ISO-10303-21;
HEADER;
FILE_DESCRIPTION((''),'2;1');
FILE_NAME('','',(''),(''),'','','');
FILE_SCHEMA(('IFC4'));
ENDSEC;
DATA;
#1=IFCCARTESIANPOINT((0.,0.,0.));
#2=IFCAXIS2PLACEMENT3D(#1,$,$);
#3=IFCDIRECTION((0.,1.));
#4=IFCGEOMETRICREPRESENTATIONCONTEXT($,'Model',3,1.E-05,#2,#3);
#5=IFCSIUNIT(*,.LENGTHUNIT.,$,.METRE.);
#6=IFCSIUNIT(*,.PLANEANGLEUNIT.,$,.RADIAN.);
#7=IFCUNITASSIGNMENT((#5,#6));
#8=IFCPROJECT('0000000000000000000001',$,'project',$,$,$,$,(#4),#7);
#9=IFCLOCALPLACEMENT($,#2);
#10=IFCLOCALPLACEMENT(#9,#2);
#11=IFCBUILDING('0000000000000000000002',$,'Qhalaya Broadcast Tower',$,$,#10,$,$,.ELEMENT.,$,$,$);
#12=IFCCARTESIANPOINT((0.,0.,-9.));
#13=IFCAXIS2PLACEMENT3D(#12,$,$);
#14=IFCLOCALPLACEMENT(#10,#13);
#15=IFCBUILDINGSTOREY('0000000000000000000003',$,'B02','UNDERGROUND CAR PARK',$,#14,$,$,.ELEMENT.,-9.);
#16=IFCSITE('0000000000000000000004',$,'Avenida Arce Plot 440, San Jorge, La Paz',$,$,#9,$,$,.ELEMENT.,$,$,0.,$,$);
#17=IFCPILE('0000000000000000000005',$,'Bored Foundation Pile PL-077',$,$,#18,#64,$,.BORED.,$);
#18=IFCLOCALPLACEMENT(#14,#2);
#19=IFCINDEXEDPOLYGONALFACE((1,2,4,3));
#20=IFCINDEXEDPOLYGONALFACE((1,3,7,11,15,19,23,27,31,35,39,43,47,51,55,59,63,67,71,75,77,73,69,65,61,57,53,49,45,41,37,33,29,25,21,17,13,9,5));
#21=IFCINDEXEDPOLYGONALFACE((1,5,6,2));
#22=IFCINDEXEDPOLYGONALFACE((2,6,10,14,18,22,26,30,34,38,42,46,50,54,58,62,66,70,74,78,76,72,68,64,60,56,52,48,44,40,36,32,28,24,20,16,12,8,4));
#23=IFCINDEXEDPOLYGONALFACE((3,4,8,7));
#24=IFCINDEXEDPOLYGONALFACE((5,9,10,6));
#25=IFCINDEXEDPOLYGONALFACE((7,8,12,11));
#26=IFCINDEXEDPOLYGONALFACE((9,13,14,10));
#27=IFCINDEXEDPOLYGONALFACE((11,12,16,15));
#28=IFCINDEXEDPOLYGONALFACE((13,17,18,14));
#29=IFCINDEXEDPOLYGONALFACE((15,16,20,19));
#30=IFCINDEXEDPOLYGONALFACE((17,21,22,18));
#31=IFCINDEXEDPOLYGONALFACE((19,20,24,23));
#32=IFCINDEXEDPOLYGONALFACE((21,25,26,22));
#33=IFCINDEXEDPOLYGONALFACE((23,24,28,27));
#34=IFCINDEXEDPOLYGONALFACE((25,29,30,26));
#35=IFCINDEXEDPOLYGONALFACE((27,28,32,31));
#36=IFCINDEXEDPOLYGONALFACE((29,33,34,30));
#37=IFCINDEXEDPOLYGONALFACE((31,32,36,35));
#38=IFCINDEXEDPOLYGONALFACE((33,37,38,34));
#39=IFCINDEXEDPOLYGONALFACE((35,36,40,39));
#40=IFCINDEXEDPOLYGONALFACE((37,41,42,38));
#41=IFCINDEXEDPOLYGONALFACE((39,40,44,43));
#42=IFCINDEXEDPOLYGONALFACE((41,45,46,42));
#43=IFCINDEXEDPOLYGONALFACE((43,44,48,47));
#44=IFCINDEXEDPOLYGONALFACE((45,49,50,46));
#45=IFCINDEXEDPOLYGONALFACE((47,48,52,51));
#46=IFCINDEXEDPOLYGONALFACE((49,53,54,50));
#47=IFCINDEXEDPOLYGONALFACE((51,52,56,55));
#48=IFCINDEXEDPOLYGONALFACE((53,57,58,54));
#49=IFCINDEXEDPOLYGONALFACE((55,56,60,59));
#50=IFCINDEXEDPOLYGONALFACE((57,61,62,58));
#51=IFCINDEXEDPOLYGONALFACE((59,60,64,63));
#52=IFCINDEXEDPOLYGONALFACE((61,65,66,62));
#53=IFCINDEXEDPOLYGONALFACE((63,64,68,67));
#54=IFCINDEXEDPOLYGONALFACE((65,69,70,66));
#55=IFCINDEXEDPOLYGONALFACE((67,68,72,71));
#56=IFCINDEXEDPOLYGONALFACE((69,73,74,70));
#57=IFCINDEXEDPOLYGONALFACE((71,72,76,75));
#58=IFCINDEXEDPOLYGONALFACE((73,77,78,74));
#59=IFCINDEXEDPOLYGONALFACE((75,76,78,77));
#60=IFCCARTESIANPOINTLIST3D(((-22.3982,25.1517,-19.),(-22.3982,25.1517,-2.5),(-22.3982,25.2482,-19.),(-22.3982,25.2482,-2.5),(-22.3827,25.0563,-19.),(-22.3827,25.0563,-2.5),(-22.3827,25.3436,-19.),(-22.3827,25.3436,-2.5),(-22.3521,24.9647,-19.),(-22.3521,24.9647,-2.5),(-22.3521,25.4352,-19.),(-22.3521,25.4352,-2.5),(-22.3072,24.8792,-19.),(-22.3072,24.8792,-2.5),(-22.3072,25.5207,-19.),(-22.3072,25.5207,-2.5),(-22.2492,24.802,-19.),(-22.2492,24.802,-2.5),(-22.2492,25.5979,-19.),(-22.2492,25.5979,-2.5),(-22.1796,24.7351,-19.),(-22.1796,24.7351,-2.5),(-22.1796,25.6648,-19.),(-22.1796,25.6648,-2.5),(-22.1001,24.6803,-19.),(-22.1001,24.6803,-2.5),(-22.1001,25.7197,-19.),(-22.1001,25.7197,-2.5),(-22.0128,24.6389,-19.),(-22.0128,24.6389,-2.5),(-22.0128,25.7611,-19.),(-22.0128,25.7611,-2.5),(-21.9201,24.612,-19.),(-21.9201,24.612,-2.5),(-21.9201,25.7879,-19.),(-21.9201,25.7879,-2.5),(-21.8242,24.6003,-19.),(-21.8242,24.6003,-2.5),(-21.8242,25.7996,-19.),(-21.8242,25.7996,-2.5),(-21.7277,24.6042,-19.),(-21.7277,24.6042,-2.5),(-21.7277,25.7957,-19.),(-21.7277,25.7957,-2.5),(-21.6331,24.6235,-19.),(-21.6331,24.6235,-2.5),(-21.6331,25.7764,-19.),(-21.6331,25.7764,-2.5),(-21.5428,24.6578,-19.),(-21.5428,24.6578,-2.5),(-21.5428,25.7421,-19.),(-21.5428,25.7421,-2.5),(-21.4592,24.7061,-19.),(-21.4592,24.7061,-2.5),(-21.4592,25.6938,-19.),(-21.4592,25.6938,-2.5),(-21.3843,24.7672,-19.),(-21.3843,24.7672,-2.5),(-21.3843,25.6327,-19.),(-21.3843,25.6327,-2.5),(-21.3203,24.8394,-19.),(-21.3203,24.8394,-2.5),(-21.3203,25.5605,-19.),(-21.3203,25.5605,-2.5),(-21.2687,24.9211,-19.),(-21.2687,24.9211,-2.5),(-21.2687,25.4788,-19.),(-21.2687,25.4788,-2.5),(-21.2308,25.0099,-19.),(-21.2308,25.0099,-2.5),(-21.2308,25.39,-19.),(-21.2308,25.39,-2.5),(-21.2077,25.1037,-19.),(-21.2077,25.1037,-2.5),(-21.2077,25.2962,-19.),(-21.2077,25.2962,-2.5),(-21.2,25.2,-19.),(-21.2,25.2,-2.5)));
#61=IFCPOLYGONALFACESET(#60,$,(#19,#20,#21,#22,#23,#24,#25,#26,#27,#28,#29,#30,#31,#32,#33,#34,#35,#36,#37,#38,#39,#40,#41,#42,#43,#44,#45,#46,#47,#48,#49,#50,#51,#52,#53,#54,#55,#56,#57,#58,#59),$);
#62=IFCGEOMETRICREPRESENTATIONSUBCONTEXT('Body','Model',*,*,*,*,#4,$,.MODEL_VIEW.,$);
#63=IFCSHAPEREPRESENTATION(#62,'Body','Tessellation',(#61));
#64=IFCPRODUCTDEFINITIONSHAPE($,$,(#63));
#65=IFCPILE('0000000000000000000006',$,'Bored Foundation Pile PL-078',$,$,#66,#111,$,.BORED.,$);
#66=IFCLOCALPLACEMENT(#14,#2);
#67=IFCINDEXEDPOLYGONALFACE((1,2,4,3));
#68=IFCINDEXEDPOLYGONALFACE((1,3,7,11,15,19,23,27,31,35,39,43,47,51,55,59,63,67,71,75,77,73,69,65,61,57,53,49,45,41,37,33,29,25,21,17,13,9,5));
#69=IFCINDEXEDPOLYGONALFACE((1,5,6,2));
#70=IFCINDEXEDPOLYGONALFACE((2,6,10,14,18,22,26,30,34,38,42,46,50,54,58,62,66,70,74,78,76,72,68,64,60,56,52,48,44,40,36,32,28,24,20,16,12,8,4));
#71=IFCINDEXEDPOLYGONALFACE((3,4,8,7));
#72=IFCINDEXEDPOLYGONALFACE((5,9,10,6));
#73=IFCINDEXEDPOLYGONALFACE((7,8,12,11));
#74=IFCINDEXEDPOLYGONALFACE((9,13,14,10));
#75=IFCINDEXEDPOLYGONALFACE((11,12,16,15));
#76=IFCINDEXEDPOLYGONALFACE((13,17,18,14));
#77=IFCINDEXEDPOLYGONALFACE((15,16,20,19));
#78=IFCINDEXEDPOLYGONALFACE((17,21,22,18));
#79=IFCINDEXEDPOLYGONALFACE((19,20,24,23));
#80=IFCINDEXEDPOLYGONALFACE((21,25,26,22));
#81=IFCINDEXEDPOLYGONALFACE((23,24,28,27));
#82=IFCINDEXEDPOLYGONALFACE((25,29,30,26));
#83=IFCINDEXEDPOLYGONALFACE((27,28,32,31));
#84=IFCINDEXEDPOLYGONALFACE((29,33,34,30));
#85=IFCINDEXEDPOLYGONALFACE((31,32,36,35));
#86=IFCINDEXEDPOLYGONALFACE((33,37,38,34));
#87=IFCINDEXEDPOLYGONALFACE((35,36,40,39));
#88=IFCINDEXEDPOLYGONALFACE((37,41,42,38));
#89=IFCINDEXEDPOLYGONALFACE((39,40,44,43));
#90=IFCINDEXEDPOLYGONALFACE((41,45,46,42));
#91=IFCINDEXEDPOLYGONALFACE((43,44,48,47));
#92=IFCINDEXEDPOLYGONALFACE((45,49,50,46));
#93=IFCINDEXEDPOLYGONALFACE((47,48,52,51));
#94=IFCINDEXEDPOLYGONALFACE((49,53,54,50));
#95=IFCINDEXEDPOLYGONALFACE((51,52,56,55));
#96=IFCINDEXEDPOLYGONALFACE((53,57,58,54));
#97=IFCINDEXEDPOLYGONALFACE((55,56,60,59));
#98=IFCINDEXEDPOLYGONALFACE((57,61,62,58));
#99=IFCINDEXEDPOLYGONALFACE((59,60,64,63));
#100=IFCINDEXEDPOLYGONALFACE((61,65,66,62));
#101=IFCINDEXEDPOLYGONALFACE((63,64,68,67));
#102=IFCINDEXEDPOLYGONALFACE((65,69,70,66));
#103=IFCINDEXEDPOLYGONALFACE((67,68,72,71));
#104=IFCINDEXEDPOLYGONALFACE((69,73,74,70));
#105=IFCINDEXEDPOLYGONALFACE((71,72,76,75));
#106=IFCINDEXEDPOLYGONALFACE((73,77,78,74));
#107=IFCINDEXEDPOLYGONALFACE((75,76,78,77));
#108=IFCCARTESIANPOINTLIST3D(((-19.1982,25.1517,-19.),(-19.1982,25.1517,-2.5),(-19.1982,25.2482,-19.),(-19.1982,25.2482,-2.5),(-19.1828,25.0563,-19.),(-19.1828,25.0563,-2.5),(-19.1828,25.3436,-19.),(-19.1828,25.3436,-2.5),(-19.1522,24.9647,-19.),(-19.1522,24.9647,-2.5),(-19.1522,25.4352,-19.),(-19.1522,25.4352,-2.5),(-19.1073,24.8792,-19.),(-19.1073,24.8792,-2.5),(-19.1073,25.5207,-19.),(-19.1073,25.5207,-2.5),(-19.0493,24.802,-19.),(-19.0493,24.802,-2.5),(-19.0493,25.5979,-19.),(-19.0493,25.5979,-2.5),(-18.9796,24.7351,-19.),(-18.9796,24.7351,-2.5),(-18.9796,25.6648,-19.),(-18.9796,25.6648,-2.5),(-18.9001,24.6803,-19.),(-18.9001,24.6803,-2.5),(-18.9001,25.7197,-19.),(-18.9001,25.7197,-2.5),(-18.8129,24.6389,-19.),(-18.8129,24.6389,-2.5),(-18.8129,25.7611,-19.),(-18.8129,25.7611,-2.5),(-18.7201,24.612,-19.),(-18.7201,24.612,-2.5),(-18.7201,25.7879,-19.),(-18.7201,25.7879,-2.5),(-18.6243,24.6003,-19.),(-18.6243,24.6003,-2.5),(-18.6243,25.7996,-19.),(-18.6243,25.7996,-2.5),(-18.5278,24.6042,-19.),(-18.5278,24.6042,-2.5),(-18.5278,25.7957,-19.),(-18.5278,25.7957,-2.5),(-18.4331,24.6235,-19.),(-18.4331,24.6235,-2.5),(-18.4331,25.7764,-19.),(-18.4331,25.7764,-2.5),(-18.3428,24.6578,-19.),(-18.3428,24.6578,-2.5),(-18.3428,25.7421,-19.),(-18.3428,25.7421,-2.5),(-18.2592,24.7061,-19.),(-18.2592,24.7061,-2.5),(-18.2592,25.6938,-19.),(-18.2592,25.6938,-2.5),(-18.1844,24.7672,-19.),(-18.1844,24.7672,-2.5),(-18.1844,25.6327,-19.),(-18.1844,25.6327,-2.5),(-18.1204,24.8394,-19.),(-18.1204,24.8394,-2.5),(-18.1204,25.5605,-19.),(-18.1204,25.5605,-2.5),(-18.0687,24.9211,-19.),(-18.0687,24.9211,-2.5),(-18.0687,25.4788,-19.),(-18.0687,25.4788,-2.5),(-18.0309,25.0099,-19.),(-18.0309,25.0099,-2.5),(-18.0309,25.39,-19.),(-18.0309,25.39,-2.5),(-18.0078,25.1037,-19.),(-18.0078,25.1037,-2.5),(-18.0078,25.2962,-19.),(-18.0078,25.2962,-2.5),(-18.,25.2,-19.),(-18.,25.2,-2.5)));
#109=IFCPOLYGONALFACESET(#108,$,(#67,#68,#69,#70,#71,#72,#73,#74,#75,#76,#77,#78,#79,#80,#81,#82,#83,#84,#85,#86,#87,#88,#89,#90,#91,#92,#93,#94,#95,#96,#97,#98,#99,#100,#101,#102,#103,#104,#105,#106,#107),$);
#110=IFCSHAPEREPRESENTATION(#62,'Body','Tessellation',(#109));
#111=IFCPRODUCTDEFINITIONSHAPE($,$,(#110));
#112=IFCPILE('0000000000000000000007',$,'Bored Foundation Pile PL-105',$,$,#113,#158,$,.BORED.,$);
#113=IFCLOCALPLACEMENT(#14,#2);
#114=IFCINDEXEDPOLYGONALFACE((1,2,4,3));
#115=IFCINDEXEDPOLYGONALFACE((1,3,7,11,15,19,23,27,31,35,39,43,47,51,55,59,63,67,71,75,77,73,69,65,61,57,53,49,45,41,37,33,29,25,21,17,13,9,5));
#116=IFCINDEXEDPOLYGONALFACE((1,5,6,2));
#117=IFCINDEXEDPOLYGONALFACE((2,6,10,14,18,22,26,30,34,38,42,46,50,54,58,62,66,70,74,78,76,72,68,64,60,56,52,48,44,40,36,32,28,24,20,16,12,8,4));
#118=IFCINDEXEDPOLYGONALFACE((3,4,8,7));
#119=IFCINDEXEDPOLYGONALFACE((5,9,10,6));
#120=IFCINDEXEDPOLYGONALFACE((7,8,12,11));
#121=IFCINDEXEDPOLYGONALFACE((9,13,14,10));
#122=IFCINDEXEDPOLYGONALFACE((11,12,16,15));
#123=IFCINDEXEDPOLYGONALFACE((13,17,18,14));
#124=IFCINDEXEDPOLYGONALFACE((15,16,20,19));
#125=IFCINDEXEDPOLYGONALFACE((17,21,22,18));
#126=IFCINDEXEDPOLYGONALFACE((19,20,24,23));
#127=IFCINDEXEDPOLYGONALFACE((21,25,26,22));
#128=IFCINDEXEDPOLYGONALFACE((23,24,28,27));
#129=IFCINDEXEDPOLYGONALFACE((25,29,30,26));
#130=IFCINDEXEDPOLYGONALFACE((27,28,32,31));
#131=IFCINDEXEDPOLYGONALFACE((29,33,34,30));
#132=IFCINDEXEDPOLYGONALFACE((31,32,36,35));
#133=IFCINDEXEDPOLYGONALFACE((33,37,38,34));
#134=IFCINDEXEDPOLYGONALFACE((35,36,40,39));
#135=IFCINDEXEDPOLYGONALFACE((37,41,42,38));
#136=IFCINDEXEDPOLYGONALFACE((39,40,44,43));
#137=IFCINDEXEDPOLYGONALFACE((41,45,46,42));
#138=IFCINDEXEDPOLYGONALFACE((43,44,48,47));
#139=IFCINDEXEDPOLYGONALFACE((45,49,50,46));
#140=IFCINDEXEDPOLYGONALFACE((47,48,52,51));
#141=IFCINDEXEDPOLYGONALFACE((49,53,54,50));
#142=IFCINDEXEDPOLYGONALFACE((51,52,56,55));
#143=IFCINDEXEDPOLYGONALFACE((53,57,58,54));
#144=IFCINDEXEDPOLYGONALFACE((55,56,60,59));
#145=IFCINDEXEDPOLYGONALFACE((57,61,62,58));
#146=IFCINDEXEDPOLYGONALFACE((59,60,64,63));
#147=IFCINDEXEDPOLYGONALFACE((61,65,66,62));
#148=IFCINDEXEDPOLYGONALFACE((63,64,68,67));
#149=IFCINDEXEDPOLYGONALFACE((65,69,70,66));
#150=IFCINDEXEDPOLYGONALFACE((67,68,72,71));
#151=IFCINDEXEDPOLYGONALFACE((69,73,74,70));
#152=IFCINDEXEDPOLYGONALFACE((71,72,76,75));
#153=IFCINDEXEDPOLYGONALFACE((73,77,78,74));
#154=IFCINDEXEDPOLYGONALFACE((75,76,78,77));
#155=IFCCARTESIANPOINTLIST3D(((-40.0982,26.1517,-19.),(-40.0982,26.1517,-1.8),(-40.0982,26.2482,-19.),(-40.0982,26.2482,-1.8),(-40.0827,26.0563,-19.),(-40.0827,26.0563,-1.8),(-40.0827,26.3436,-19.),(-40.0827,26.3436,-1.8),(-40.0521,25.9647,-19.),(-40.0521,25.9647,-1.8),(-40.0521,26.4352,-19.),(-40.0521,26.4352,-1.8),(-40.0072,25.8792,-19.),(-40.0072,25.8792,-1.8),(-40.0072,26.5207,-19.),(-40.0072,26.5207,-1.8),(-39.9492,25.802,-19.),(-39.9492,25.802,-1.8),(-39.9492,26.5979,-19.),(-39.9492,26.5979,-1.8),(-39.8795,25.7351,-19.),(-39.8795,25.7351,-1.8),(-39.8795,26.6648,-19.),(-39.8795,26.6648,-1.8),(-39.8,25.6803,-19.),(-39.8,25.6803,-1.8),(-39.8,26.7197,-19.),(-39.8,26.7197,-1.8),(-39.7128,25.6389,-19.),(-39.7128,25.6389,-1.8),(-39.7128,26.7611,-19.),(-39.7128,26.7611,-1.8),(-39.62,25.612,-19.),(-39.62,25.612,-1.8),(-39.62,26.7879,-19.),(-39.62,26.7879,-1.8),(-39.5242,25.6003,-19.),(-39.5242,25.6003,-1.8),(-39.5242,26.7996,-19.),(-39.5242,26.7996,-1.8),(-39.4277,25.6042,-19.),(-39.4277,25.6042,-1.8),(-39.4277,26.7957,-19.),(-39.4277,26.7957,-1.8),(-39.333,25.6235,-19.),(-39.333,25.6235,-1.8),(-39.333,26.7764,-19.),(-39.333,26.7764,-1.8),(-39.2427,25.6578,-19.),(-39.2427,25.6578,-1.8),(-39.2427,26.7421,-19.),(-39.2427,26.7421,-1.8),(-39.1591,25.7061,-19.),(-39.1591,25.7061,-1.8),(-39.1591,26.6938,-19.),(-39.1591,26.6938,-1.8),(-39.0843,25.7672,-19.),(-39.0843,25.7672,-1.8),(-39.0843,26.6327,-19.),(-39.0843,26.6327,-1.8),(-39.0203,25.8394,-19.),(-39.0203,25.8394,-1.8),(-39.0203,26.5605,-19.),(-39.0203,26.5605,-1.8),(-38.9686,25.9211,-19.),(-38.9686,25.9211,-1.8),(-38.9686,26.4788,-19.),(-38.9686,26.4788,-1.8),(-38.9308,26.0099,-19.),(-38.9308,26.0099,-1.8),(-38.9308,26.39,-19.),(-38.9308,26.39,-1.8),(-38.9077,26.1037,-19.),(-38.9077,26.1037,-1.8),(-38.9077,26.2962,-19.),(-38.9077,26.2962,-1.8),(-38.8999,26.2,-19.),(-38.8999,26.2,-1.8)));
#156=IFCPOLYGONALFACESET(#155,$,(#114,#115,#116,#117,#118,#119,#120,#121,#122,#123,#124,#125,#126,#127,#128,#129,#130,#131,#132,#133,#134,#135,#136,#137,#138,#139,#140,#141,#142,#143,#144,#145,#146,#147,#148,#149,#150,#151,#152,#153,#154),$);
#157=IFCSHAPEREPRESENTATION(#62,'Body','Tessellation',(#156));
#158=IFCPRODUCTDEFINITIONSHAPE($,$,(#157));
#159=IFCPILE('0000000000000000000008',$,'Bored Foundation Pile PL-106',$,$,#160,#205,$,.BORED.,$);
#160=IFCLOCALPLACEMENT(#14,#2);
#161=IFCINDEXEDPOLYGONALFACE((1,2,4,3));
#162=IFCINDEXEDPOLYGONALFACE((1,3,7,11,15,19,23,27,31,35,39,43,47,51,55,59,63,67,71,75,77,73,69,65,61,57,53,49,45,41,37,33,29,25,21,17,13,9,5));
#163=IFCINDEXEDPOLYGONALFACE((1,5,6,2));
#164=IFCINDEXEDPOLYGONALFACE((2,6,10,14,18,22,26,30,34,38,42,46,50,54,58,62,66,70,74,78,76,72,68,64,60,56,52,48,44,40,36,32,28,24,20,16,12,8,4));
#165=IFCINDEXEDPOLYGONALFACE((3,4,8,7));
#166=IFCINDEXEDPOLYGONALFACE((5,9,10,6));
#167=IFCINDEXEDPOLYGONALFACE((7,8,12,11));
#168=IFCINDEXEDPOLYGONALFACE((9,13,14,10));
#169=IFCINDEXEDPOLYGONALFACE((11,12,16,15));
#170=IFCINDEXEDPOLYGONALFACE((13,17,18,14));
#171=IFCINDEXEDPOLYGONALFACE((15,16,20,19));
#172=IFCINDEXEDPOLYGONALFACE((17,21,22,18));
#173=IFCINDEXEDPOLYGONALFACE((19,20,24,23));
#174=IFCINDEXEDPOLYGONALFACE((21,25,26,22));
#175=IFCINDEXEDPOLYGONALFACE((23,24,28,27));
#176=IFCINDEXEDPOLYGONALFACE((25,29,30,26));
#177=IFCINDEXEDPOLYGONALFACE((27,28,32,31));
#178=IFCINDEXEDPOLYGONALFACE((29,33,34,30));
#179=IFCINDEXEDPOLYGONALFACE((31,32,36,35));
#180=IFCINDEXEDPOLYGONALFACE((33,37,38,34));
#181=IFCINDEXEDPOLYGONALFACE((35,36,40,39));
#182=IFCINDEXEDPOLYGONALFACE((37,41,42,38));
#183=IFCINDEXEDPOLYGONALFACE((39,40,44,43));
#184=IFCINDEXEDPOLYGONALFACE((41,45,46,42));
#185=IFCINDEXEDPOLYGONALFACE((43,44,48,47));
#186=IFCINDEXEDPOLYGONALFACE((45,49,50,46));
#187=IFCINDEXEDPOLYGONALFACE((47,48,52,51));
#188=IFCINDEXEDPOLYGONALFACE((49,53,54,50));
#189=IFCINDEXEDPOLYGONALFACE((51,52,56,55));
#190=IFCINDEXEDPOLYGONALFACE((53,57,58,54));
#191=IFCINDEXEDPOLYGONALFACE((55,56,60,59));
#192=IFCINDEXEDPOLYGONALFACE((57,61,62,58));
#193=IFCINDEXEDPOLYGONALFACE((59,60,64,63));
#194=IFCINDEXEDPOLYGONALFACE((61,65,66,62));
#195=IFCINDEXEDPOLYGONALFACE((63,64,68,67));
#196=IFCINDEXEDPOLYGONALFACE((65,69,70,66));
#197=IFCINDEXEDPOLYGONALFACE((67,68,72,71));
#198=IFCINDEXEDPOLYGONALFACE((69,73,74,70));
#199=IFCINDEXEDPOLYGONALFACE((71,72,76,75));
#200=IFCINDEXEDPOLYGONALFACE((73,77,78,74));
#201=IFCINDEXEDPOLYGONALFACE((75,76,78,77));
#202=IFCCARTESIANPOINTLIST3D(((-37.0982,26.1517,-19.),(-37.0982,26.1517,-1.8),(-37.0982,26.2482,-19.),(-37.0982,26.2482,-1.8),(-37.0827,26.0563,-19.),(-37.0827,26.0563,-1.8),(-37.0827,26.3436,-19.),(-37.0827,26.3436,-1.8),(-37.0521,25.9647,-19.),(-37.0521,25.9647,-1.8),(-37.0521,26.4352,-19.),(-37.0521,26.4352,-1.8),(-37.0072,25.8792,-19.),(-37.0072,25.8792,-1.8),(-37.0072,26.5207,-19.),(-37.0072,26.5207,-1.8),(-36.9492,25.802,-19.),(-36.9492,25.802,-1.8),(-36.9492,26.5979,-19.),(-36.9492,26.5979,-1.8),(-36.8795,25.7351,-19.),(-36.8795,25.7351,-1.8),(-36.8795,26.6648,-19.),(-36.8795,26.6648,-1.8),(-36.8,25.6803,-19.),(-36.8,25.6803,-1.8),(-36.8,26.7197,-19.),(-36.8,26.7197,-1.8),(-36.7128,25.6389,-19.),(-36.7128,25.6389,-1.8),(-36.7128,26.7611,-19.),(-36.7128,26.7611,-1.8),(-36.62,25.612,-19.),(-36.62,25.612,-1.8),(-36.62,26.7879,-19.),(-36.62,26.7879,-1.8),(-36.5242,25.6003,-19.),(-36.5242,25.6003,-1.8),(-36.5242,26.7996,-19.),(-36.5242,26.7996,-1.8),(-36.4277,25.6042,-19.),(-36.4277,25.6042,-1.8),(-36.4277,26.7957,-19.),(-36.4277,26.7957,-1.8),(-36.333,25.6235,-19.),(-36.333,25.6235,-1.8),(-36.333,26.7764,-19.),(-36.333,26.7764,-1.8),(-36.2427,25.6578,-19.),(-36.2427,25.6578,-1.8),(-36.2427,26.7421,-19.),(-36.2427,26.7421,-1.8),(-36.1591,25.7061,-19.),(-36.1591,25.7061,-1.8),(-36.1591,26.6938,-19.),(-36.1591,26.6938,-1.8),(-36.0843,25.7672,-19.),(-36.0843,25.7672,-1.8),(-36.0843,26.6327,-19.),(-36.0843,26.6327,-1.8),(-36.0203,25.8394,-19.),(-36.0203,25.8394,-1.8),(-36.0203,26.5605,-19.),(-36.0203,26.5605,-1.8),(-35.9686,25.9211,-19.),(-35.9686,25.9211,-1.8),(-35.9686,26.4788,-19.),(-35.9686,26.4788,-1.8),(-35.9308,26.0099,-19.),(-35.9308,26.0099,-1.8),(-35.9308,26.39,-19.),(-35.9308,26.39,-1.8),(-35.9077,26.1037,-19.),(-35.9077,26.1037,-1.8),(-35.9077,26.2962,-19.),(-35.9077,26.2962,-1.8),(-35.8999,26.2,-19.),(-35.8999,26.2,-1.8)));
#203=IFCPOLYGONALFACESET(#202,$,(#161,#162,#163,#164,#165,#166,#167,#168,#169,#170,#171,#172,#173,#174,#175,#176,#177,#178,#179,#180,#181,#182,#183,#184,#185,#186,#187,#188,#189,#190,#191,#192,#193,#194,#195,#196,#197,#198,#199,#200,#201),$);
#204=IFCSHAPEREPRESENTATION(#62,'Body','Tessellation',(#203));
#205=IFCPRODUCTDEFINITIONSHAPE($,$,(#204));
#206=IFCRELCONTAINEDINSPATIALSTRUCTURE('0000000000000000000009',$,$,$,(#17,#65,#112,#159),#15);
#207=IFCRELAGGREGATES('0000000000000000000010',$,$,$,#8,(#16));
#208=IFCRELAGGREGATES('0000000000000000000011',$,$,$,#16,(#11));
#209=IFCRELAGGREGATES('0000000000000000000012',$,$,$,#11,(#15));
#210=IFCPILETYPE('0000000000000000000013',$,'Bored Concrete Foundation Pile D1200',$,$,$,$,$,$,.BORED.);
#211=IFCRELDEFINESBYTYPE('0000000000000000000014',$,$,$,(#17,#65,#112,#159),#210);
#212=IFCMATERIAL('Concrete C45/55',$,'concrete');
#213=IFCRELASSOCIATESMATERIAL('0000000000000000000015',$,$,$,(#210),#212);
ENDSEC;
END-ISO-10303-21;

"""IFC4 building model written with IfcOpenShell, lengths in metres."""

from ifc_helpers import new_model, si_unit, direction, frame, origin, origin_2d, place, context, subcontext, project, spatial, circle, extrude, material, material_profile, profile_set, type_object, element, save


model = new_model("IFC4")

# Units and contexts
model_context = context("Model", 3, precision=1e-05, world=origin(), true_north=direction((0.0, 1.0)))
body_context = subcontext(model_context, "Body", "Model", "MODEL_VIEW")
ifc_project = project(units=[si_unit("LENGTHUNIT", "METRE"), si_unit("PLANEANGLEUNIT", "RADIAN")], contexts=[model_context])

# Site, building, storey
site_placement = place(None, origin())
site = spatial("IfcSite", under=ifc_project, at=site_placement, Name="Avenida Arce Plot 440, San Jorge, La Paz", CompositionType="ELEMENT", RefElevation=0.0)
building_placement = place(site_placement, origin())
building = spatial("IfcBuilding", under=site, at=building_placement, Name="Qhalaya Broadcast Tower", CompositionType="ELEMENT")
storey_placement = place(building_placement, frame((0.0, 0.0, -9.0)))
storey = spatial("IfcBuildingStorey", under=building, at=storey_placement, Name="B02", Description="UNDERGROUND CAR PARK", CompositionType="ELEMENT", Elevation=-9.0)

# Piles
ifc_material_1 = material(Name="Concrete C45/55", Category="concrete")
ifc_material_profile_1 = material_profile(ifc_material_1, circle(Radius=0.6001, at=origin_2d()), Name="PILE D1200")
ifc_profile_set_1 = profile_set([ifc_material_profile_1], Name="Concrete C45/55")
pile_type = type_object("IfcPileType", Name="Bored Concrete Foundation Pile D1200", PredefinedType="BORED", material=ifc_profile_set_1)
for number, where, z_axis, x_axis, name in (
    (1, (-21.8, 25.2, -2.5), (0.0, 0.0, -1.0), (1.0, 0.0, 0.0), "Bored Foundation Pile PL-077"),
    (2, (-18.6001, 25.2, -2.5), (0.0, 0.0, -1.0), (1.0, 0.0, 0.0), "Bored Foundation Pile PL-078"),
):
    element("IfcPile", number, at=place(storey_placement, frame(where, z_axis=z_axis, x_axis=x_axis)), inside=storey, type_object=pile_type, Name=name, PredefinedType="BORED", context=body_context, shape_type="SweptSolid", body=[
        extrude(circle(Radius=0.6001, at=origin_2d()), origin(), (0.0, 0.0, 1.0), 16.5),
    ])
for number, where, z_axis, x_axis, name in (
    (3, (-39.5, 26.2, -1.8), (0.0, 0.0, -1.0), (1.0, 0.0, 0.0), "Bored Foundation Pile PL-105"),
    (4, (-36.5, 26.2, -1.8), (0.0, 0.0, -1.0), (1.0, 0.0, 0.0), "Bored Foundation Pile PL-106"),
):
    element("IfcPile", number, at=place(storey_placement, frame(where, z_axis=z_axis, x_axis=x_axis)), inside=storey, type_object=pile_type, Name=name, PredefinedType="BORED", context=body_context, shape_type="SweptSolid", body=[
        extrude(circle(Radius=0.6001, at=origin_2d()), origin(), (0.0, 0.0, 1.0), 17.2),
    ])

save(model, "model.ifc")
